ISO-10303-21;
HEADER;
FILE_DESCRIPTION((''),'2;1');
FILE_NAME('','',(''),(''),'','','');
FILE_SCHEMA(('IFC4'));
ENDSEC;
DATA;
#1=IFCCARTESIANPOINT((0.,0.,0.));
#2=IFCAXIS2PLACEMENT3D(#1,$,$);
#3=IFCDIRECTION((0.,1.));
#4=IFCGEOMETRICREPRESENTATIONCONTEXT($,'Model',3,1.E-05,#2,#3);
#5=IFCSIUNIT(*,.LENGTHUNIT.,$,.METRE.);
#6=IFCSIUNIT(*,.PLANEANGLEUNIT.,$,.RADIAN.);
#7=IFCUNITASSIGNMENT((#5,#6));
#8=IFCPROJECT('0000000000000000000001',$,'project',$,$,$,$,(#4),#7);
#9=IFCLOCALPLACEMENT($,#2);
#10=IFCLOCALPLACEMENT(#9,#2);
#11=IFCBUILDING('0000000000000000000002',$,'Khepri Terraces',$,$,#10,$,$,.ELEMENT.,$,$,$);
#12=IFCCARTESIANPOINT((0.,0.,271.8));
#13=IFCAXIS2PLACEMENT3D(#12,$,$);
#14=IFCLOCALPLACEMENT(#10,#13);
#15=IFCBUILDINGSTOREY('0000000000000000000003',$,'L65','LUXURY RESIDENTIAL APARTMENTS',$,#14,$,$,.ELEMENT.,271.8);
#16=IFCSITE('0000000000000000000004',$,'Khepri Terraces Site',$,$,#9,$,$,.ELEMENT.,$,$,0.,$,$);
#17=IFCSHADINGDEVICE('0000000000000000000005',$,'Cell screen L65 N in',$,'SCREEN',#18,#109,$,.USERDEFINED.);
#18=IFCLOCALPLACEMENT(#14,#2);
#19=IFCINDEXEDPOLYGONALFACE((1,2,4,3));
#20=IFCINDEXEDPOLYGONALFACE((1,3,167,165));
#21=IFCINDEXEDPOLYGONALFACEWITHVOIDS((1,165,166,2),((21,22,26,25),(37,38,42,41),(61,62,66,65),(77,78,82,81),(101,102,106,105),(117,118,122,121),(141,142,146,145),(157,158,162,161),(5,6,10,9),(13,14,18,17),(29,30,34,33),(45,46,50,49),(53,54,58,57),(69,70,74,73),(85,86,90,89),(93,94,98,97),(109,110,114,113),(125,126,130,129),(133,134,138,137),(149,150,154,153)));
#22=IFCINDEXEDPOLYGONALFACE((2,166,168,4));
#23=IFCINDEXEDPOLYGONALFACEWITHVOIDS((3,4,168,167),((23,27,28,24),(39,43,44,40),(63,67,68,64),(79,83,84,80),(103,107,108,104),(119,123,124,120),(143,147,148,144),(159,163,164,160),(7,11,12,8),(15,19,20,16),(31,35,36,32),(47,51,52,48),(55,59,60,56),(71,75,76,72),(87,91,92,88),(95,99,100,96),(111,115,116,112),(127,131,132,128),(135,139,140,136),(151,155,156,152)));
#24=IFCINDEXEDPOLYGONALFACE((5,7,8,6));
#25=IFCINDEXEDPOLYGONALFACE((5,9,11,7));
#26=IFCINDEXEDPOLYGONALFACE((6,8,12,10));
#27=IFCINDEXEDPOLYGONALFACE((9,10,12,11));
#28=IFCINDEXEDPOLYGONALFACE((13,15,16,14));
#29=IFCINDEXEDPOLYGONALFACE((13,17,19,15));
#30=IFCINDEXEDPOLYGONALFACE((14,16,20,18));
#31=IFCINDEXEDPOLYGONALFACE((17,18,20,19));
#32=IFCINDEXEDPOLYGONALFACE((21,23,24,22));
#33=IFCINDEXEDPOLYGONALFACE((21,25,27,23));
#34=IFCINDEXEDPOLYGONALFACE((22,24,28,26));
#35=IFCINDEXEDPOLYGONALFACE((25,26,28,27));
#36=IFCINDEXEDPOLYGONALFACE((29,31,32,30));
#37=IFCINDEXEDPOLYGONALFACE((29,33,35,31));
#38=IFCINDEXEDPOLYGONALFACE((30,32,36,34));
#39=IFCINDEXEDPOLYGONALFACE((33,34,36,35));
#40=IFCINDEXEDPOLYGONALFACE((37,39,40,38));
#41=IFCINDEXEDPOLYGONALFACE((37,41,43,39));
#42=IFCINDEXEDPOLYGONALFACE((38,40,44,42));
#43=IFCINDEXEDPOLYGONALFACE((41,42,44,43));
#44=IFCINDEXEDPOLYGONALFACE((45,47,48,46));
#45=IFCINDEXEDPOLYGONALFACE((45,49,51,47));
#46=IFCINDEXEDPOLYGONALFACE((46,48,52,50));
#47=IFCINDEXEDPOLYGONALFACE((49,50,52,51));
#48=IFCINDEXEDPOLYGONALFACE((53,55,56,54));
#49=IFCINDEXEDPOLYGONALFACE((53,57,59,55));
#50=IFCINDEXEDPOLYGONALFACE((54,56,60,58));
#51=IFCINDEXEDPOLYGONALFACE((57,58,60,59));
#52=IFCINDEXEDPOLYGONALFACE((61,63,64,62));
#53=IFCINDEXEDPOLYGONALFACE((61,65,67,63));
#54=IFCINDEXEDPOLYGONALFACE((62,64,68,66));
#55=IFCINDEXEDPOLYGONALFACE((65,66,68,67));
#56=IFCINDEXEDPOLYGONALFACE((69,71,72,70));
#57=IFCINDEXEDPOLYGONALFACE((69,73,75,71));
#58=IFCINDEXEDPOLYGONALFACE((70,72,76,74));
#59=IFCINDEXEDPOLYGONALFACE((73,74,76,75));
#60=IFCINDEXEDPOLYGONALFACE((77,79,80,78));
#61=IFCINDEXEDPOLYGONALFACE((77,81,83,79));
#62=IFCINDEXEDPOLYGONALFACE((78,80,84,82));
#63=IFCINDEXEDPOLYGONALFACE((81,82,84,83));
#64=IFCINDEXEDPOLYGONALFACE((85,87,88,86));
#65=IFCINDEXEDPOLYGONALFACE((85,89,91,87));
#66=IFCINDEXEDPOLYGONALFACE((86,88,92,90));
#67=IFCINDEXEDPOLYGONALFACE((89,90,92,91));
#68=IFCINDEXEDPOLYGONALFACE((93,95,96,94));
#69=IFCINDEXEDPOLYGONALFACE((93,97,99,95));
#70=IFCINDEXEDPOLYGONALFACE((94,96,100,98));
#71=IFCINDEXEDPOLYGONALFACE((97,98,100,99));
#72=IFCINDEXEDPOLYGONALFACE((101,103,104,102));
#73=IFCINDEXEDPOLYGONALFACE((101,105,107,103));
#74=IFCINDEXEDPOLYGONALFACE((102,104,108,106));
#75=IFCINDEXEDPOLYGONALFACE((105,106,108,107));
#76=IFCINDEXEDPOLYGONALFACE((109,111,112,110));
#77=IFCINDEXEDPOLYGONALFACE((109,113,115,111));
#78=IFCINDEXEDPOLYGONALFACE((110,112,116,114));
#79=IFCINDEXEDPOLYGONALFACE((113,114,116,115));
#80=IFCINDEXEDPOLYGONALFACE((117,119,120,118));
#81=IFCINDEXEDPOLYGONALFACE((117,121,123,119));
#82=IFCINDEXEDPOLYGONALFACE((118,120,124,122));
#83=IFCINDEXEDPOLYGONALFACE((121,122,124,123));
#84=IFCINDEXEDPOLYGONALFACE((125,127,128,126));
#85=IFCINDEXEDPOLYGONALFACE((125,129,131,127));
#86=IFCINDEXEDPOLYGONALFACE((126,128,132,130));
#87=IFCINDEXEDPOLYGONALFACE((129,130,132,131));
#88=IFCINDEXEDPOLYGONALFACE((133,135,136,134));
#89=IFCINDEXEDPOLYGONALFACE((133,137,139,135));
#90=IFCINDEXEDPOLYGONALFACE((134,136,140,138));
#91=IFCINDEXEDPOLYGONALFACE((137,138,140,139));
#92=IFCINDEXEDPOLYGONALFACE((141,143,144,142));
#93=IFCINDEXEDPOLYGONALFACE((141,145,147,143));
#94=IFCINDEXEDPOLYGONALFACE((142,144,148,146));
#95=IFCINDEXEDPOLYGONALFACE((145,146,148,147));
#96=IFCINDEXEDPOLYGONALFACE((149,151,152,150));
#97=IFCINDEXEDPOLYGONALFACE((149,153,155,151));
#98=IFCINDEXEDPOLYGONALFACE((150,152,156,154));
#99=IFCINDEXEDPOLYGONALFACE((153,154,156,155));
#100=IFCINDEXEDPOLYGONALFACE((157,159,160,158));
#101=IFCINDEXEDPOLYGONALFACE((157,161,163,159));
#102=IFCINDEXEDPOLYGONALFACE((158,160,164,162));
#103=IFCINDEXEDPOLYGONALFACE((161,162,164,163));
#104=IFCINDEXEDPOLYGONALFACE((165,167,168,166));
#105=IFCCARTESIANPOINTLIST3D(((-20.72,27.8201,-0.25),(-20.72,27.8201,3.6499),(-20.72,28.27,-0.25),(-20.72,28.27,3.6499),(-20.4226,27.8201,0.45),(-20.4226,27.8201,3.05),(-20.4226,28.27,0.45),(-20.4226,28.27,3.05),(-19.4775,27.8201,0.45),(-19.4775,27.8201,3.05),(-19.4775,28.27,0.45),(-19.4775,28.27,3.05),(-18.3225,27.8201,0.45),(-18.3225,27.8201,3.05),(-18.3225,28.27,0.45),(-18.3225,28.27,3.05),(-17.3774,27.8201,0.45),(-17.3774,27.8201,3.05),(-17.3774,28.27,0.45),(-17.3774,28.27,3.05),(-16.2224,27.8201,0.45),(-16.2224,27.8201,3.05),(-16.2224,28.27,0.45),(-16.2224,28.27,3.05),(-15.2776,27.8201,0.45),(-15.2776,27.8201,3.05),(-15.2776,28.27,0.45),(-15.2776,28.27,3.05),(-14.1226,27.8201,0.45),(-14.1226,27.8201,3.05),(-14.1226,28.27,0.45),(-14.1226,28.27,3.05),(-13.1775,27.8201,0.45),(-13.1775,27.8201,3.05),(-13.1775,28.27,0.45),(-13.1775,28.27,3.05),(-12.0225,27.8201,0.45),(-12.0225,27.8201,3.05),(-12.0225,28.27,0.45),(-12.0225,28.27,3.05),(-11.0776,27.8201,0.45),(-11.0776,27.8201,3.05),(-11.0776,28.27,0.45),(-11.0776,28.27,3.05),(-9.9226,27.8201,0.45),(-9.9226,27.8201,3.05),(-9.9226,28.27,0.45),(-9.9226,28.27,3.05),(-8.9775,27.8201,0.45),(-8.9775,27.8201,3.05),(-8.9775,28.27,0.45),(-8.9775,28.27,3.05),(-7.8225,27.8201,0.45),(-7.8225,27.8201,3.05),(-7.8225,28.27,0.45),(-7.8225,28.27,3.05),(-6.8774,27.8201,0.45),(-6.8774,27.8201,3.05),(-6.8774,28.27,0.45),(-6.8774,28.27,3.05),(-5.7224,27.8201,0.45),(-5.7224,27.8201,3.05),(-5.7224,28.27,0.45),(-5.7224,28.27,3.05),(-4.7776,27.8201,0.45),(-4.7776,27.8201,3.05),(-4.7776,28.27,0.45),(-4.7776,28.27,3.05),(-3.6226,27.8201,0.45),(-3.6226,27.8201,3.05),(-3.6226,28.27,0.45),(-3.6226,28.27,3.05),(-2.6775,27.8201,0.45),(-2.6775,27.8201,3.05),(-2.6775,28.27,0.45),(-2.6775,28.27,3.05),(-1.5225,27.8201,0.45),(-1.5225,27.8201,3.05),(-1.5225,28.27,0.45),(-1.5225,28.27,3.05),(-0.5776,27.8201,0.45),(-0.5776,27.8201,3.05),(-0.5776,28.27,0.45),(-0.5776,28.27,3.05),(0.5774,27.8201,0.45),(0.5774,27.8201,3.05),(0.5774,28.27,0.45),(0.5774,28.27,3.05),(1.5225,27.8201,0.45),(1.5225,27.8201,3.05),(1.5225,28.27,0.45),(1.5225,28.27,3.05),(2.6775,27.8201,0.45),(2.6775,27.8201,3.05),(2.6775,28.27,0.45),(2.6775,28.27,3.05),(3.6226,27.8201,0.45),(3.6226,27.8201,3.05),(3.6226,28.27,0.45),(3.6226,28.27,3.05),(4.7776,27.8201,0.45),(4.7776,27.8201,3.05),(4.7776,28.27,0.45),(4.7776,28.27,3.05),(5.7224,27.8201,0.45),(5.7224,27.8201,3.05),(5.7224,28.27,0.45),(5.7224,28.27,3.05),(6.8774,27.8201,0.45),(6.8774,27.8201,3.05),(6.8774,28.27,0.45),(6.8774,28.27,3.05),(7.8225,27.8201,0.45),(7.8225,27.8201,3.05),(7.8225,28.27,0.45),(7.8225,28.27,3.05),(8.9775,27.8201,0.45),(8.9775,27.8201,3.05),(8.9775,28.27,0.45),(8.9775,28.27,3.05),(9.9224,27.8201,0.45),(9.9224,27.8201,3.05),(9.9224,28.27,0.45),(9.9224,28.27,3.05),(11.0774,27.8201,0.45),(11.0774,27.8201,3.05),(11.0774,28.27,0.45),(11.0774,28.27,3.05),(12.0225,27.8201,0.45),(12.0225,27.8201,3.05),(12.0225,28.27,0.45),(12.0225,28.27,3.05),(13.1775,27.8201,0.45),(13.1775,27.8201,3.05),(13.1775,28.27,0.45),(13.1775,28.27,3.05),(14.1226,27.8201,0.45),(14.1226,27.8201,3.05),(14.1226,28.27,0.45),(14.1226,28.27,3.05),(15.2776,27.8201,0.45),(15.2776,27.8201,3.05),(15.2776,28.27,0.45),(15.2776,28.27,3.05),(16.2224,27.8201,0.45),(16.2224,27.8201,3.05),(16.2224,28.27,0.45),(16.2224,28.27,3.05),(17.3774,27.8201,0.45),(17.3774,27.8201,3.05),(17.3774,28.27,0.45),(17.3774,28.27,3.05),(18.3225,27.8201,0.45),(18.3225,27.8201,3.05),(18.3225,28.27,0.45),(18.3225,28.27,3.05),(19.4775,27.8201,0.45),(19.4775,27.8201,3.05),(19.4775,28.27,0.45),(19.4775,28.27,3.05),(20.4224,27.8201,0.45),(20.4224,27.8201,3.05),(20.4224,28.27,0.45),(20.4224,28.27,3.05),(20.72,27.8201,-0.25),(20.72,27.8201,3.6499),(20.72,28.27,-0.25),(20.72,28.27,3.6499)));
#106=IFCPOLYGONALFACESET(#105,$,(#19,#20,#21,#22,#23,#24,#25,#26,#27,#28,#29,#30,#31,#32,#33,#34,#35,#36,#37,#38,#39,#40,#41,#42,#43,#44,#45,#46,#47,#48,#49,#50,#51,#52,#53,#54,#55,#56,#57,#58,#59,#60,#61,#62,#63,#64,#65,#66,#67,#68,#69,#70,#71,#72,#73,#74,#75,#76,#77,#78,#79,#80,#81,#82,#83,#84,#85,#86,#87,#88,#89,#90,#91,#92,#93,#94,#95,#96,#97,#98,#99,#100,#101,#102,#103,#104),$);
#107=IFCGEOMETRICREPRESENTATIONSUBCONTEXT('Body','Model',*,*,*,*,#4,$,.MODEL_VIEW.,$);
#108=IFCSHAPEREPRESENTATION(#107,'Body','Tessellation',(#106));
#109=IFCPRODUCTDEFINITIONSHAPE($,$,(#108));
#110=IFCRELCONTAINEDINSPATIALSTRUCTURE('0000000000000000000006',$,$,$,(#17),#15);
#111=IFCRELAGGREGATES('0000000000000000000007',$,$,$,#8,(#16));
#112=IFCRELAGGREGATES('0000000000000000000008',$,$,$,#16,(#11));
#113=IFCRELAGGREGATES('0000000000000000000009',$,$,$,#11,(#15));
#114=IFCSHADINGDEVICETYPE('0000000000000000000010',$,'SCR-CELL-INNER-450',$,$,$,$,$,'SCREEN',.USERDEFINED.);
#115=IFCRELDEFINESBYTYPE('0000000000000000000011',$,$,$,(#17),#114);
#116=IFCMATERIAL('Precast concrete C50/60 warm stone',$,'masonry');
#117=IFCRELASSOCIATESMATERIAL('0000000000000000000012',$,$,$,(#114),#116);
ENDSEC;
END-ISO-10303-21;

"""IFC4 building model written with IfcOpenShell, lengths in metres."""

from ifc_helpers import new_model, si_unit, direction, frame, origin, place, context, subcontext, project, spatial, polyline, outline, extrude, material, type_object, element, save


model = new_model("IFC4")

# Units and contexts
model_context = context("Model", 3, precision=1e-05, world=origin(), true_north=direction((0.0, 1.0)))
body_context = subcontext(model_context, "Body", "Model", "MODEL_VIEW")
ifc_project = project(units=[si_unit("LENGTHUNIT", "METRE"), si_unit("PLANEANGLEUNIT", "RADIAN")], contexts=[model_context])

# Site, building, storey
site_placement = place(None, origin())
site = spatial("IfcSite", under=ifc_project, at=site_placement, Name="Khepri Terraces Site", CompositionType="ELEMENT", RefElevation=0.0)
building_placement = place(site_placement, origin())
building = spatial("IfcBuilding", under=site, at=building_placement, Name="Khepri Terraces", CompositionType="ELEMENT")
storey_placement = place(building_placement, frame((0.0, 0.0, 271.8)))
storey = spatial("IfcBuildingStorey", under=building, at=storey_placement, Name="L65", Description="LUXURY RESIDENTIAL APARTMENTS", CompositionType="ELEMENT", Elevation=271.8)

# Shared definitions
ifc_material_1 = material(Name="Precast concrete C50/60 warm stone", Category="masonry")

# Shading device
shading_device_type_1 = type_object("IfcShadingDeviceType", Name="SCR-CELL-INNER-450", ElementType="SCREEN", PredefinedType="USERDEFINED", material=ifc_material_1)
shading_device_1_placement = place(storey_placement, frame((20.72, 27.8201, -0.25), z_axis=(0.0, 1.0, 0.0), x_axis=(-1.0, 0.0, 0.0)))
element("IfcShadingDevice", 1, at=shading_device_1_placement, inside=storey, type_object=shading_device_type_1, Name="Cell screen L65 N in", ObjectType="SCREEN", PredefinedType="USERDEFINED", context=body_context, shape_type="SweptSolid", body=[
    extrude(outline(polyline([(0.0, 0.0), (41.4399, 0.0), (41.4399, 3.8999), (0.0, 3.8999), (0.0, 0.0)]), holes=[polyline([(0.2976, 0.7), (1.2424, 0.7), (1.2424, 3.3), (0.2976, 3.3), (0.2976, 0.7)]), polyline([(2.3975, 0.7), (3.3425, 0.7), (3.3425, 3.3), (2.3975, 3.3), (2.3975, 0.7)]), polyline([(4.4976, 0.7), (5.4424, 0.7), (5.4424, 3.3), (4.4976, 3.3), (4.4976, 0.7)]), polyline([(6.5974, 0.7), (7.5425, 0.7), (7.5425, 3.3), (6.5974, 3.3), (6.5974, 0.7)]), polyline([(8.6975, 0.7), (9.6426, 0.7), (9.6426, 3.3), (8.6975, 3.3), (8.6975, 0.7)]), polyline([(10.7976, 0.7), (11.7424, 0.7), (11.7424, 3.3), (10.7976, 3.3), (10.7976, 0.7)]), polyline([(12.8975, 0.7), (13.8425, 0.7), (13.8425, 3.3), (12.8975, 3.3), (12.8975, 0.7)]), polyline([(14.9976, 0.7), (15.9424, 0.7), (15.9424, 3.3), (14.9976, 3.3), (14.9976, 0.7)]), polyline([(17.0974, 0.7), (18.0425, 0.7), (18.0425, 3.3), (17.0974, 3.3), (17.0974, 0.7)]), polyline([(19.1975, 0.7), (20.1426, 0.7), (20.1426, 3.3), (19.1975, 3.3), (19.1975, 0.7)]), polyline([(21.2976, 0.7), (22.2424, 0.7), (22.2424, 3.3), (21.2976, 3.3), (21.2976, 0.7)]), polyline([(23.3975, 0.7), (24.3425, 0.7), (24.3425, 3.3), (23.3975, 3.3), (23.3975, 0.7)]), polyline([(25.4976, 0.7), (26.4424, 0.7), (26.4424, 3.3), (25.4976, 3.3), (25.4976, 0.7)]), polyline([(27.5974, 0.7), (28.5425, 0.7), (28.5425, 3.3), (27.5974, 3.3), (27.5974, 0.7)]), polyline([(29.6975, 0.7), (30.6426, 0.7), (30.6426, 3.3), (29.6975, 3.3), (29.6975, 0.7)]), polyline([(31.7976, 0.7), (32.7424, 0.7), (32.7424, 3.3), (31.7976, 3.3), (31.7976, 0.7)]), polyline([(33.8975, 0.7), (34.8425, 0.7), (34.8425, 3.3), (33.8975, 3.3), (33.8975, 0.7)]), polyline([(35.9976, 0.7), (36.9424, 0.7), (36.9424, 3.3), (35.9976, 3.3), (35.9976, 0.7)]), polyline([(38.0974, 0.7), (39.0425, 0.7), (39.0425, 3.3), (38.0974, 3.3), (38.0974, 0.7)]), polyline([(40.1975, 0.7), (41.1426, 0.7), (41.1426, 3.3), (40.1975, 3.3), (40.1975, 0.7)])]), origin(), (0.0, 0.0, 1.0), 0.45),
])

save(model, "model.ifc")
